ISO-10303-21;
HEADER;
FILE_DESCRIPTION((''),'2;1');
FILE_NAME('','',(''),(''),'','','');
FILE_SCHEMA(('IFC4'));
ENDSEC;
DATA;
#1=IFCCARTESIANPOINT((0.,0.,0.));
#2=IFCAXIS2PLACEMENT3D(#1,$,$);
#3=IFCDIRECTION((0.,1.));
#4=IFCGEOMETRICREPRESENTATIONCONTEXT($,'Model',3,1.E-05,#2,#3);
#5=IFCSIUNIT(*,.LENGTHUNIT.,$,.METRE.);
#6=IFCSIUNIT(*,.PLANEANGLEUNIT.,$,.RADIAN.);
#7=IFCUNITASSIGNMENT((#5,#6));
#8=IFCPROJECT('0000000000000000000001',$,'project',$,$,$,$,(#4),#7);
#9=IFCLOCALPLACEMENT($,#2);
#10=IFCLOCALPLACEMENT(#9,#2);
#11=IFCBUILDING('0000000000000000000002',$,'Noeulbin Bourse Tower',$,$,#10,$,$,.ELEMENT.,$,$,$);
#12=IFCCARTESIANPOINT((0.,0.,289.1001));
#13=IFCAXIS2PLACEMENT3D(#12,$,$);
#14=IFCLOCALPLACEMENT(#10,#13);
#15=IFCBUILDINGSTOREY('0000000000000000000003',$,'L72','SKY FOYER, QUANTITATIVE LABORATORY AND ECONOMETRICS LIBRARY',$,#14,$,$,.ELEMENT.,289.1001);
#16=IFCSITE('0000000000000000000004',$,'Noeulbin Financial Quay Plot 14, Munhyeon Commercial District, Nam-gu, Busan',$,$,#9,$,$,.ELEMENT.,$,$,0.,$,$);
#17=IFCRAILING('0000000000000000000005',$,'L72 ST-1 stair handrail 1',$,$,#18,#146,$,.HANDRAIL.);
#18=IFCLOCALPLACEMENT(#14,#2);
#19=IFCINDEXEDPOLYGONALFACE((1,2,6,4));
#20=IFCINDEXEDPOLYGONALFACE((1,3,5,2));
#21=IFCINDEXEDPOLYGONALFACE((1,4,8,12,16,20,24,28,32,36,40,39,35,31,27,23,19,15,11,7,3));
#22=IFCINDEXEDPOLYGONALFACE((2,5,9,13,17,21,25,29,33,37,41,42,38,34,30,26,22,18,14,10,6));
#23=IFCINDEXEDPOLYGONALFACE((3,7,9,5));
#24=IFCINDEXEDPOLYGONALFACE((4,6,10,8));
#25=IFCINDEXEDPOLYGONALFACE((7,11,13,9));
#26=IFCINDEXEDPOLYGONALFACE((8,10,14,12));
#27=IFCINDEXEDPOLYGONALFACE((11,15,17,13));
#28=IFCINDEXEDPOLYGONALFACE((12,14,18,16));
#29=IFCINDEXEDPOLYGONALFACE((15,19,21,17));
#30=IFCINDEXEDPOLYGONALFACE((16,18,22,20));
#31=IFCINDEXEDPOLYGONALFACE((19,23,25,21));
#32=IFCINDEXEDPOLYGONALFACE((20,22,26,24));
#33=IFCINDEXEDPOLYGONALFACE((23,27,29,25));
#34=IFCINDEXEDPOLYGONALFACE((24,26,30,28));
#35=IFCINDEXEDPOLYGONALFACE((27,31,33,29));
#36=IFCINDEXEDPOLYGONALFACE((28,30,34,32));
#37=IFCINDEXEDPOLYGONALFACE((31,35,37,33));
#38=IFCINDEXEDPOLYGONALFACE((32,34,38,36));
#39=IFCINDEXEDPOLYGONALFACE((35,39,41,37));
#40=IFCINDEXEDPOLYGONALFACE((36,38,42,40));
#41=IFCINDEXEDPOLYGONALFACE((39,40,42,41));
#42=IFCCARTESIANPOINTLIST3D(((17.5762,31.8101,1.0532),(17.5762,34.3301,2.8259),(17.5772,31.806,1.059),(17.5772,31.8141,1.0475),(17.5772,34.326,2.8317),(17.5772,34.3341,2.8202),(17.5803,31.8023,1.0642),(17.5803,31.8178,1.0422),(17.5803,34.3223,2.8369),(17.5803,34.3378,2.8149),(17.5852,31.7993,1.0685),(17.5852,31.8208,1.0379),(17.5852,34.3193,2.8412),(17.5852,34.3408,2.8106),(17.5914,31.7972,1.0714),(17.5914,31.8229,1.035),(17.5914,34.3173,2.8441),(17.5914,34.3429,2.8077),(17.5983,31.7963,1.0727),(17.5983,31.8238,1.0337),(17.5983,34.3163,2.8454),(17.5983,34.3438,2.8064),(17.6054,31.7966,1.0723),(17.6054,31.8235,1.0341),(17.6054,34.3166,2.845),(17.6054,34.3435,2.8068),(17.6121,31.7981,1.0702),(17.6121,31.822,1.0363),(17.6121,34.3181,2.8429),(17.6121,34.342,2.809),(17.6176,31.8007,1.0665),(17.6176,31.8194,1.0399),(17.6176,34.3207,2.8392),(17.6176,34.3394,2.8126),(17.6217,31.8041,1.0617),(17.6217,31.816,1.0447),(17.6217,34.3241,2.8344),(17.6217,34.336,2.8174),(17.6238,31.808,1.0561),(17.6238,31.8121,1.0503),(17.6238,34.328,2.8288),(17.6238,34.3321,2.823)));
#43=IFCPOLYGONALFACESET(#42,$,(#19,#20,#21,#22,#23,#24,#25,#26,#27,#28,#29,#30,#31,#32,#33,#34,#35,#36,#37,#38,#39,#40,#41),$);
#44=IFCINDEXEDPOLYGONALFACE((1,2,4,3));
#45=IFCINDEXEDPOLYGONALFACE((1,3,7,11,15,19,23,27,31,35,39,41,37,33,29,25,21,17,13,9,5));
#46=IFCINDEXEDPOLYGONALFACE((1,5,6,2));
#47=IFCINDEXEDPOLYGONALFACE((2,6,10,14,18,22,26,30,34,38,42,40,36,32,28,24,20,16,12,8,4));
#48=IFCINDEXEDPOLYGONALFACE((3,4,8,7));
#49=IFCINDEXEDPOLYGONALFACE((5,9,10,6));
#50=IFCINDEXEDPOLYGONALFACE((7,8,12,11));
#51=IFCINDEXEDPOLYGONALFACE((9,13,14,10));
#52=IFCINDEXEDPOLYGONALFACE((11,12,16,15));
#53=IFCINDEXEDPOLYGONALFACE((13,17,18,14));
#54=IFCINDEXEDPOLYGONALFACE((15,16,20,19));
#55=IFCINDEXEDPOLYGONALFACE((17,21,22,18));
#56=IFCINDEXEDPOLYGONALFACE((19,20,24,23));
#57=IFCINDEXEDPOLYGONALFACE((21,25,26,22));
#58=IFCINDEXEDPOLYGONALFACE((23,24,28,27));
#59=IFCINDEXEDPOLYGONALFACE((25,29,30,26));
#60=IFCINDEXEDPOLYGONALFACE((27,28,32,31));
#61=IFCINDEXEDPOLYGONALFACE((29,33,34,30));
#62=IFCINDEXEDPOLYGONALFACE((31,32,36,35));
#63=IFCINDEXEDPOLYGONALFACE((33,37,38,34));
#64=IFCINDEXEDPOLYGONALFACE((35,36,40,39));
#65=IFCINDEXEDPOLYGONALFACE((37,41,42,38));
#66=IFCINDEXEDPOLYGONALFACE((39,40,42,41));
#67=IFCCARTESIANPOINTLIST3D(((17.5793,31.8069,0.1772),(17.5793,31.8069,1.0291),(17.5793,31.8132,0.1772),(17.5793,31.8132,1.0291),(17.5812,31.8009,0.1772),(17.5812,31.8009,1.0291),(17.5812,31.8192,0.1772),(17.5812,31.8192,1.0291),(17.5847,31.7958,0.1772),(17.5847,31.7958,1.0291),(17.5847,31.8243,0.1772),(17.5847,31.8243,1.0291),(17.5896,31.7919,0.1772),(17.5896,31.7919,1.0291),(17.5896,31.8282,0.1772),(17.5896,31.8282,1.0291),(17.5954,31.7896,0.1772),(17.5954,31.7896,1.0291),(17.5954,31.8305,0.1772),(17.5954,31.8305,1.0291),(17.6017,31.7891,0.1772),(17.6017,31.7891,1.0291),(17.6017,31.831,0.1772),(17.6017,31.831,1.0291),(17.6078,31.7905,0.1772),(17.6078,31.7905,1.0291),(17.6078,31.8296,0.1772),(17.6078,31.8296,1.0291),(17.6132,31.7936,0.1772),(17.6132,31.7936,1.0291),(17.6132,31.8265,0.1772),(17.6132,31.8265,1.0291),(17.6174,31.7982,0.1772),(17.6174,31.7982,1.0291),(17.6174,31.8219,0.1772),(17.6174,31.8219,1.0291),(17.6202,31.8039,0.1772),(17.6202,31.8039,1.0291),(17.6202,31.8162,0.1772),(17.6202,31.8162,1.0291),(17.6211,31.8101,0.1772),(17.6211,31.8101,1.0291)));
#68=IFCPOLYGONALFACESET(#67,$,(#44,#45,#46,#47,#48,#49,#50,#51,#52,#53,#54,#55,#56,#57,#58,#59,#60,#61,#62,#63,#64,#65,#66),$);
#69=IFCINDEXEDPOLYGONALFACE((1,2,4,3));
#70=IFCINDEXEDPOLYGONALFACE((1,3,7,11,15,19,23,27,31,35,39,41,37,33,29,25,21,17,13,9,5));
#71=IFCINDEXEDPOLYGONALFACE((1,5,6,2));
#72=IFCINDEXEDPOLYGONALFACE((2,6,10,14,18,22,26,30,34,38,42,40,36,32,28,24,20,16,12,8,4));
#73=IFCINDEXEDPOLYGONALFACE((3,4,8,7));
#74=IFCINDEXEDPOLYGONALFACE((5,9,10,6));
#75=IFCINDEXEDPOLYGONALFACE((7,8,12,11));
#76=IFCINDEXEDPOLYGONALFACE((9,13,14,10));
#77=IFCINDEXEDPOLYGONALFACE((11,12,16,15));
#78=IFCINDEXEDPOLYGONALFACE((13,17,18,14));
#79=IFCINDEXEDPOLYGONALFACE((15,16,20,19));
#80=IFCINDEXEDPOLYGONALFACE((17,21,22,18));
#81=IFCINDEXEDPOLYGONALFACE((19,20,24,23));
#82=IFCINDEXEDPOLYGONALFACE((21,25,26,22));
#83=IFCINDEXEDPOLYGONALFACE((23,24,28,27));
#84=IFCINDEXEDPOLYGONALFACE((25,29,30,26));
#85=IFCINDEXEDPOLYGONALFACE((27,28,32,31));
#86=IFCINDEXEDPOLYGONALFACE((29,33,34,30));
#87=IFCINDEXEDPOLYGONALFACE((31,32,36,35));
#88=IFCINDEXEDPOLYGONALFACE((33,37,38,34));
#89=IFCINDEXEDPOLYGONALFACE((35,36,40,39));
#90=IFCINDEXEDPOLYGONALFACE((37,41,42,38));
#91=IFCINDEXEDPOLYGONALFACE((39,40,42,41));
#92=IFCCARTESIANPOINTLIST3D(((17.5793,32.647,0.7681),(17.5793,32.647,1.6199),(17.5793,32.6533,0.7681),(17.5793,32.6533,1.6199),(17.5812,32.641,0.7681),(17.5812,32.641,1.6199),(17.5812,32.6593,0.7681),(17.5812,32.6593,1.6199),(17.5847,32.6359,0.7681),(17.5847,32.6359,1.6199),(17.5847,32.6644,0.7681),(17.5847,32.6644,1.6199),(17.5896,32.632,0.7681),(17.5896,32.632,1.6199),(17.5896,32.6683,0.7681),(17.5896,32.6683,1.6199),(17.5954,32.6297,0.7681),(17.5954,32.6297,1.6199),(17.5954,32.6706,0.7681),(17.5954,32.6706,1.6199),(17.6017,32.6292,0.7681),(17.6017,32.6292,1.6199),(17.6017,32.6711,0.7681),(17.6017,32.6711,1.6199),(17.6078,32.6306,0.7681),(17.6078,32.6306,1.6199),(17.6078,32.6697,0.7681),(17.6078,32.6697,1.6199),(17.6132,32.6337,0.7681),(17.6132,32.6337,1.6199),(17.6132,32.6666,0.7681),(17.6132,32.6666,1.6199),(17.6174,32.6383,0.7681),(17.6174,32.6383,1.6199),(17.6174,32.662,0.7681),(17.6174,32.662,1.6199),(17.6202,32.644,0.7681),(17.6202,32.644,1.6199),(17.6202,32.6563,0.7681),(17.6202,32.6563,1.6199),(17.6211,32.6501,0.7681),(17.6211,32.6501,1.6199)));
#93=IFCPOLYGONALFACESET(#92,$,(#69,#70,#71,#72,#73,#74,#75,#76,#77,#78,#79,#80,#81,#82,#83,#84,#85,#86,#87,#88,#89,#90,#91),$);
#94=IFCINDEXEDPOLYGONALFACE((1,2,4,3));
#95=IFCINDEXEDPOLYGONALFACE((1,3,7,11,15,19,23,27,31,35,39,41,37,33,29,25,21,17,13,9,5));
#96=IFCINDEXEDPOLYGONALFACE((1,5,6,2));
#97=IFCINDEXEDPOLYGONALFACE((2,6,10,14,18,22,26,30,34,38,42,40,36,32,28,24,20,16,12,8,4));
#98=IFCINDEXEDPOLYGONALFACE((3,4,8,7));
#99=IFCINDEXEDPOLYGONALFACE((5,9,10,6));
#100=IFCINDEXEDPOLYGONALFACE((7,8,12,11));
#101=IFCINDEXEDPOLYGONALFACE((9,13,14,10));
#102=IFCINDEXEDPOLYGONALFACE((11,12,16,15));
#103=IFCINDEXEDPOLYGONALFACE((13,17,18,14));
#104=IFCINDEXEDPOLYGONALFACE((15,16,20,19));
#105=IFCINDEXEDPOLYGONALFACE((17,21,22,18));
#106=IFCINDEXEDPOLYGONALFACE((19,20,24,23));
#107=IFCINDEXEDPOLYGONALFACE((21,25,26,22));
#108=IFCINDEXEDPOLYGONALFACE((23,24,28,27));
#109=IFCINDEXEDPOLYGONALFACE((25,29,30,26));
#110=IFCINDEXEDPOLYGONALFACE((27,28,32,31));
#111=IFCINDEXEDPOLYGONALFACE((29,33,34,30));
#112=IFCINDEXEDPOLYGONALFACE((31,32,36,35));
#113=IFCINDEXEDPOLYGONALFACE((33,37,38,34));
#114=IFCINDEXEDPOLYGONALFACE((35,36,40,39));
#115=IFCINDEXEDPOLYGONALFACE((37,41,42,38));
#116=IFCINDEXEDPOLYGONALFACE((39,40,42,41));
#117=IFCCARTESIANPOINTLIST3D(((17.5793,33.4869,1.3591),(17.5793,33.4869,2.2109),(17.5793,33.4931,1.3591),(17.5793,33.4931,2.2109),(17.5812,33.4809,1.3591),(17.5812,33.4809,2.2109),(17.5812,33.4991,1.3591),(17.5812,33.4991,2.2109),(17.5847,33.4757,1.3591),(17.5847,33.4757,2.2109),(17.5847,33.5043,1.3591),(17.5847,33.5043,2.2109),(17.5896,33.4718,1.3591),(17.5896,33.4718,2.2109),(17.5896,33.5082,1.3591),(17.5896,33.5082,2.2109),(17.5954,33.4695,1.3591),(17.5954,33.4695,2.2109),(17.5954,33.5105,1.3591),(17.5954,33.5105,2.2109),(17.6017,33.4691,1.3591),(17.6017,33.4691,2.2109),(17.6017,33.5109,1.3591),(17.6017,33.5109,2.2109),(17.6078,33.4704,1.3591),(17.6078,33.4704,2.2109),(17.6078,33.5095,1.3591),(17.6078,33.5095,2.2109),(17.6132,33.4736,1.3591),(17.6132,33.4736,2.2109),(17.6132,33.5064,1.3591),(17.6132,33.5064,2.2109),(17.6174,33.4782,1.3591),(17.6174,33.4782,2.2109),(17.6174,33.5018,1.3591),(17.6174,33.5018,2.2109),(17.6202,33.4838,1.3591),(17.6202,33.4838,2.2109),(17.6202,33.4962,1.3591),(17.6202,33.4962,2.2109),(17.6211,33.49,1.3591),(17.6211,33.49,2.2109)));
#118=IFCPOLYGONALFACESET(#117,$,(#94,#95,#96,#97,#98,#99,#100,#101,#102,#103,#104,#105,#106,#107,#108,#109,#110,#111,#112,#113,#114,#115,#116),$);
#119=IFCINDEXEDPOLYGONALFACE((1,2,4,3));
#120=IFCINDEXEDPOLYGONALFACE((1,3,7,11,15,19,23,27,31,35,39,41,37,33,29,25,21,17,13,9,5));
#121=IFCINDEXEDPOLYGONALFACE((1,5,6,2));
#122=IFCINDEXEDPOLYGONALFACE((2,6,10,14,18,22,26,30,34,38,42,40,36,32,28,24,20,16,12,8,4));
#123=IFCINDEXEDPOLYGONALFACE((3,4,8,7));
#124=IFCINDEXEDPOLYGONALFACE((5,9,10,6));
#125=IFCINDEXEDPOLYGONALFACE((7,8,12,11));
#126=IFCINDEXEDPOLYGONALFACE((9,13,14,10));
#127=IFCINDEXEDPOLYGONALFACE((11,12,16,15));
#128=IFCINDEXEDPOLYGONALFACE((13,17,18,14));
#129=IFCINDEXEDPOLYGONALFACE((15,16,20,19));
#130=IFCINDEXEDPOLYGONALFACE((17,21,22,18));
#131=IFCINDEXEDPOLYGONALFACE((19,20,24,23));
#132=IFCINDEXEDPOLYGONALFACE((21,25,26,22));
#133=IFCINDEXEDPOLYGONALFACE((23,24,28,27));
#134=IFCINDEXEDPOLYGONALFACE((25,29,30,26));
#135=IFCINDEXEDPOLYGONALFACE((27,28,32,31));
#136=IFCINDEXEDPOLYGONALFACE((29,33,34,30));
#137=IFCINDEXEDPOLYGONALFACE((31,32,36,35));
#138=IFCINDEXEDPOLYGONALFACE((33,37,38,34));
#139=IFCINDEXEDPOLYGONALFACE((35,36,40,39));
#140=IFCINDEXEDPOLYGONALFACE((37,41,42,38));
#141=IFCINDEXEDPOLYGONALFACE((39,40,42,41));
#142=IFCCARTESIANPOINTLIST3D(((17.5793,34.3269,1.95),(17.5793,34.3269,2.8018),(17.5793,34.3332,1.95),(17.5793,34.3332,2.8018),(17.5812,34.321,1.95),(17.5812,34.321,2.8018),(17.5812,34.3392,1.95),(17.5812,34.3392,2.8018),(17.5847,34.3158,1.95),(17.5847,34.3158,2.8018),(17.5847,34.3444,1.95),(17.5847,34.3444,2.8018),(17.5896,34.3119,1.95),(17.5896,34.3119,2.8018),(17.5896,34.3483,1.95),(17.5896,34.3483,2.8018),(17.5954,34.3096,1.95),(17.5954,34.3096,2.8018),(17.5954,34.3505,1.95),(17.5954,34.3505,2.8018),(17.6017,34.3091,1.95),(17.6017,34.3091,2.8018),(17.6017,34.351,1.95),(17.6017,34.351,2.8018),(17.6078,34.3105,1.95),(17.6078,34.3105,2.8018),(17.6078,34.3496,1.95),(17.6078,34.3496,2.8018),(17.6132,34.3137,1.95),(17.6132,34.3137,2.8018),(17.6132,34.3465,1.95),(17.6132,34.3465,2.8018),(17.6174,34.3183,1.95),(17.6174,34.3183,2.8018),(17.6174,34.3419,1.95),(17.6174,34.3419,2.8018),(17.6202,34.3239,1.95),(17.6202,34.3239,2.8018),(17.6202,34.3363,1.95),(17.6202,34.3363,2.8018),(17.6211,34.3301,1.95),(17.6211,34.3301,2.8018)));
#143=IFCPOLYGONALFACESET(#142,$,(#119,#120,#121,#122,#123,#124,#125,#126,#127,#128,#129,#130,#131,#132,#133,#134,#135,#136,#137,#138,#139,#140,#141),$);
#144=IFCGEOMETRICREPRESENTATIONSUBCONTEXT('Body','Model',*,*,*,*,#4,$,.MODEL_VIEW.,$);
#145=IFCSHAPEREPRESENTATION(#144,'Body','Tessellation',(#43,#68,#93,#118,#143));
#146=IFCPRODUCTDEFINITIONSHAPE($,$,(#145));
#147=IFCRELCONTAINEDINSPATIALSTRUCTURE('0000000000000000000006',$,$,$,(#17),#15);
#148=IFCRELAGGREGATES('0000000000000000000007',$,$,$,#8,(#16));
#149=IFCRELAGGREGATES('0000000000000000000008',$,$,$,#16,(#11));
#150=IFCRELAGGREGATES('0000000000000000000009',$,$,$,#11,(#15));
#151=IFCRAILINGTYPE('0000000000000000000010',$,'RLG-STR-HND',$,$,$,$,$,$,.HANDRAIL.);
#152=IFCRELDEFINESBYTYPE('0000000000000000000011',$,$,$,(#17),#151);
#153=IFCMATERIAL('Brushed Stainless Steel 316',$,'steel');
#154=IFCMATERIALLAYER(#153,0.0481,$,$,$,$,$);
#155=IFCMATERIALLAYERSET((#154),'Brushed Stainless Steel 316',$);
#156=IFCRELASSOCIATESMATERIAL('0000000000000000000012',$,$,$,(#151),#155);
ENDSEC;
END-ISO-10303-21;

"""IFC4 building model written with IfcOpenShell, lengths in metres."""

from ifc_helpers import new_model, si_unit, direction, frame, origin, origin_2d, place, context, subcontext, project, spatial, circle, extrude, material, layer, layer_set, type_object, element, save


model = new_model("IFC4")

# Units and contexts
model_context = context("Model", 3, precision=1e-05, world=origin(), true_north=direction((0.0, 1.0)))
body_context = subcontext(model_context, "Body", "Model", "MODEL_VIEW")
ifc_project = project(units=[si_unit("LENGTHUNIT", "METRE"), si_unit("PLANEANGLEUNIT", "RADIAN")], contexts=[model_context])

# Site, building, storey
site_placement = place(None, origin())
site = spatial("IfcSite", under=ifc_project, at=site_placement, Name="Noeulbin Financial Quay Plot 14, Munhyeon Commercial District, Nam-gu, Busan", CompositionType="ELEMENT", RefElevation=0.0)
building_placement = place(site_placement, origin())
building = spatial("IfcBuilding", under=site, at=building_placement, Name="Noeulbin Bourse Tower", CompositionType="ELEMENT")
storey_placement = place(building_placement, frame((0.0, 0.0, 289.1001)))
storey = spatial("IfcBuildingStorey", under=building, at=storey_placement, Name="L72", Description="SKY FOYER, QUANTITATIVE LABORATORY AND ECONOMETRICS LIBRARY", CompositionType="ELEMENT", Elevation=289.1001)

# Shared definitions
ifc_material_1 = material(Name="Brushed Stainless Steel 316", Category="steel")

# Railing
ifc_layer_1 = layer(ifc_material_1, 0.0481)
ifc_layer_set_1 = layer_set([ifc_layer_1], Name="Brushed Stainless Steel 316")
railing_type_1 = type_object("IfcRailingType", Name="RLG-STR-HND", PredefinedType="HANDRAIL", material=ifc_layer_set_1)
railing_1_placement = place(storey_placement, frame((17.6001, 31.8101, 0.1772)))
element("IfcRailing", 1, at=railing_1_placement, inside=storey, type_object=railing_type_1, Name="L72 ST-1 stair handrail 1", PredefinedType="HANDRAIL", context=body_context, shape_type="SweptSolid", body=[
    extrude(circle(Radius=0.0239, at=origin_2d()), frame((0.0, 0.0, 0.876), z_axis=(0.0, 0.817904, 0.575354), x_axis=(-1.0, 0.0, 0.0)), (0.0, 0.0, 1.0), 3.0811),
    extrude(circle(Radius=0.021, at=origin_2d()), origin(), (0.0, 0.0, 1.0), 0.8518),
    extrude(circle(Radius=0.021, at=origin_2d()), frame((0.0, 0.8401, 0.5908)), (0.0, 0.0, 1.0), 0.8518),
    extrude(circle(Radius=0.021, at=origin_2d()), frame((0.0, 1.6799, 1.1819)), (0.0, 0.0, 1.0), 0.8518),
    extrude(circle(Radius=0.021, at=origin_2d()), frame((0.0, 2.52, 1.7727)), (0.0, 0.0, 1.0), 0.8518),
])

save(model, "model.ifc")
